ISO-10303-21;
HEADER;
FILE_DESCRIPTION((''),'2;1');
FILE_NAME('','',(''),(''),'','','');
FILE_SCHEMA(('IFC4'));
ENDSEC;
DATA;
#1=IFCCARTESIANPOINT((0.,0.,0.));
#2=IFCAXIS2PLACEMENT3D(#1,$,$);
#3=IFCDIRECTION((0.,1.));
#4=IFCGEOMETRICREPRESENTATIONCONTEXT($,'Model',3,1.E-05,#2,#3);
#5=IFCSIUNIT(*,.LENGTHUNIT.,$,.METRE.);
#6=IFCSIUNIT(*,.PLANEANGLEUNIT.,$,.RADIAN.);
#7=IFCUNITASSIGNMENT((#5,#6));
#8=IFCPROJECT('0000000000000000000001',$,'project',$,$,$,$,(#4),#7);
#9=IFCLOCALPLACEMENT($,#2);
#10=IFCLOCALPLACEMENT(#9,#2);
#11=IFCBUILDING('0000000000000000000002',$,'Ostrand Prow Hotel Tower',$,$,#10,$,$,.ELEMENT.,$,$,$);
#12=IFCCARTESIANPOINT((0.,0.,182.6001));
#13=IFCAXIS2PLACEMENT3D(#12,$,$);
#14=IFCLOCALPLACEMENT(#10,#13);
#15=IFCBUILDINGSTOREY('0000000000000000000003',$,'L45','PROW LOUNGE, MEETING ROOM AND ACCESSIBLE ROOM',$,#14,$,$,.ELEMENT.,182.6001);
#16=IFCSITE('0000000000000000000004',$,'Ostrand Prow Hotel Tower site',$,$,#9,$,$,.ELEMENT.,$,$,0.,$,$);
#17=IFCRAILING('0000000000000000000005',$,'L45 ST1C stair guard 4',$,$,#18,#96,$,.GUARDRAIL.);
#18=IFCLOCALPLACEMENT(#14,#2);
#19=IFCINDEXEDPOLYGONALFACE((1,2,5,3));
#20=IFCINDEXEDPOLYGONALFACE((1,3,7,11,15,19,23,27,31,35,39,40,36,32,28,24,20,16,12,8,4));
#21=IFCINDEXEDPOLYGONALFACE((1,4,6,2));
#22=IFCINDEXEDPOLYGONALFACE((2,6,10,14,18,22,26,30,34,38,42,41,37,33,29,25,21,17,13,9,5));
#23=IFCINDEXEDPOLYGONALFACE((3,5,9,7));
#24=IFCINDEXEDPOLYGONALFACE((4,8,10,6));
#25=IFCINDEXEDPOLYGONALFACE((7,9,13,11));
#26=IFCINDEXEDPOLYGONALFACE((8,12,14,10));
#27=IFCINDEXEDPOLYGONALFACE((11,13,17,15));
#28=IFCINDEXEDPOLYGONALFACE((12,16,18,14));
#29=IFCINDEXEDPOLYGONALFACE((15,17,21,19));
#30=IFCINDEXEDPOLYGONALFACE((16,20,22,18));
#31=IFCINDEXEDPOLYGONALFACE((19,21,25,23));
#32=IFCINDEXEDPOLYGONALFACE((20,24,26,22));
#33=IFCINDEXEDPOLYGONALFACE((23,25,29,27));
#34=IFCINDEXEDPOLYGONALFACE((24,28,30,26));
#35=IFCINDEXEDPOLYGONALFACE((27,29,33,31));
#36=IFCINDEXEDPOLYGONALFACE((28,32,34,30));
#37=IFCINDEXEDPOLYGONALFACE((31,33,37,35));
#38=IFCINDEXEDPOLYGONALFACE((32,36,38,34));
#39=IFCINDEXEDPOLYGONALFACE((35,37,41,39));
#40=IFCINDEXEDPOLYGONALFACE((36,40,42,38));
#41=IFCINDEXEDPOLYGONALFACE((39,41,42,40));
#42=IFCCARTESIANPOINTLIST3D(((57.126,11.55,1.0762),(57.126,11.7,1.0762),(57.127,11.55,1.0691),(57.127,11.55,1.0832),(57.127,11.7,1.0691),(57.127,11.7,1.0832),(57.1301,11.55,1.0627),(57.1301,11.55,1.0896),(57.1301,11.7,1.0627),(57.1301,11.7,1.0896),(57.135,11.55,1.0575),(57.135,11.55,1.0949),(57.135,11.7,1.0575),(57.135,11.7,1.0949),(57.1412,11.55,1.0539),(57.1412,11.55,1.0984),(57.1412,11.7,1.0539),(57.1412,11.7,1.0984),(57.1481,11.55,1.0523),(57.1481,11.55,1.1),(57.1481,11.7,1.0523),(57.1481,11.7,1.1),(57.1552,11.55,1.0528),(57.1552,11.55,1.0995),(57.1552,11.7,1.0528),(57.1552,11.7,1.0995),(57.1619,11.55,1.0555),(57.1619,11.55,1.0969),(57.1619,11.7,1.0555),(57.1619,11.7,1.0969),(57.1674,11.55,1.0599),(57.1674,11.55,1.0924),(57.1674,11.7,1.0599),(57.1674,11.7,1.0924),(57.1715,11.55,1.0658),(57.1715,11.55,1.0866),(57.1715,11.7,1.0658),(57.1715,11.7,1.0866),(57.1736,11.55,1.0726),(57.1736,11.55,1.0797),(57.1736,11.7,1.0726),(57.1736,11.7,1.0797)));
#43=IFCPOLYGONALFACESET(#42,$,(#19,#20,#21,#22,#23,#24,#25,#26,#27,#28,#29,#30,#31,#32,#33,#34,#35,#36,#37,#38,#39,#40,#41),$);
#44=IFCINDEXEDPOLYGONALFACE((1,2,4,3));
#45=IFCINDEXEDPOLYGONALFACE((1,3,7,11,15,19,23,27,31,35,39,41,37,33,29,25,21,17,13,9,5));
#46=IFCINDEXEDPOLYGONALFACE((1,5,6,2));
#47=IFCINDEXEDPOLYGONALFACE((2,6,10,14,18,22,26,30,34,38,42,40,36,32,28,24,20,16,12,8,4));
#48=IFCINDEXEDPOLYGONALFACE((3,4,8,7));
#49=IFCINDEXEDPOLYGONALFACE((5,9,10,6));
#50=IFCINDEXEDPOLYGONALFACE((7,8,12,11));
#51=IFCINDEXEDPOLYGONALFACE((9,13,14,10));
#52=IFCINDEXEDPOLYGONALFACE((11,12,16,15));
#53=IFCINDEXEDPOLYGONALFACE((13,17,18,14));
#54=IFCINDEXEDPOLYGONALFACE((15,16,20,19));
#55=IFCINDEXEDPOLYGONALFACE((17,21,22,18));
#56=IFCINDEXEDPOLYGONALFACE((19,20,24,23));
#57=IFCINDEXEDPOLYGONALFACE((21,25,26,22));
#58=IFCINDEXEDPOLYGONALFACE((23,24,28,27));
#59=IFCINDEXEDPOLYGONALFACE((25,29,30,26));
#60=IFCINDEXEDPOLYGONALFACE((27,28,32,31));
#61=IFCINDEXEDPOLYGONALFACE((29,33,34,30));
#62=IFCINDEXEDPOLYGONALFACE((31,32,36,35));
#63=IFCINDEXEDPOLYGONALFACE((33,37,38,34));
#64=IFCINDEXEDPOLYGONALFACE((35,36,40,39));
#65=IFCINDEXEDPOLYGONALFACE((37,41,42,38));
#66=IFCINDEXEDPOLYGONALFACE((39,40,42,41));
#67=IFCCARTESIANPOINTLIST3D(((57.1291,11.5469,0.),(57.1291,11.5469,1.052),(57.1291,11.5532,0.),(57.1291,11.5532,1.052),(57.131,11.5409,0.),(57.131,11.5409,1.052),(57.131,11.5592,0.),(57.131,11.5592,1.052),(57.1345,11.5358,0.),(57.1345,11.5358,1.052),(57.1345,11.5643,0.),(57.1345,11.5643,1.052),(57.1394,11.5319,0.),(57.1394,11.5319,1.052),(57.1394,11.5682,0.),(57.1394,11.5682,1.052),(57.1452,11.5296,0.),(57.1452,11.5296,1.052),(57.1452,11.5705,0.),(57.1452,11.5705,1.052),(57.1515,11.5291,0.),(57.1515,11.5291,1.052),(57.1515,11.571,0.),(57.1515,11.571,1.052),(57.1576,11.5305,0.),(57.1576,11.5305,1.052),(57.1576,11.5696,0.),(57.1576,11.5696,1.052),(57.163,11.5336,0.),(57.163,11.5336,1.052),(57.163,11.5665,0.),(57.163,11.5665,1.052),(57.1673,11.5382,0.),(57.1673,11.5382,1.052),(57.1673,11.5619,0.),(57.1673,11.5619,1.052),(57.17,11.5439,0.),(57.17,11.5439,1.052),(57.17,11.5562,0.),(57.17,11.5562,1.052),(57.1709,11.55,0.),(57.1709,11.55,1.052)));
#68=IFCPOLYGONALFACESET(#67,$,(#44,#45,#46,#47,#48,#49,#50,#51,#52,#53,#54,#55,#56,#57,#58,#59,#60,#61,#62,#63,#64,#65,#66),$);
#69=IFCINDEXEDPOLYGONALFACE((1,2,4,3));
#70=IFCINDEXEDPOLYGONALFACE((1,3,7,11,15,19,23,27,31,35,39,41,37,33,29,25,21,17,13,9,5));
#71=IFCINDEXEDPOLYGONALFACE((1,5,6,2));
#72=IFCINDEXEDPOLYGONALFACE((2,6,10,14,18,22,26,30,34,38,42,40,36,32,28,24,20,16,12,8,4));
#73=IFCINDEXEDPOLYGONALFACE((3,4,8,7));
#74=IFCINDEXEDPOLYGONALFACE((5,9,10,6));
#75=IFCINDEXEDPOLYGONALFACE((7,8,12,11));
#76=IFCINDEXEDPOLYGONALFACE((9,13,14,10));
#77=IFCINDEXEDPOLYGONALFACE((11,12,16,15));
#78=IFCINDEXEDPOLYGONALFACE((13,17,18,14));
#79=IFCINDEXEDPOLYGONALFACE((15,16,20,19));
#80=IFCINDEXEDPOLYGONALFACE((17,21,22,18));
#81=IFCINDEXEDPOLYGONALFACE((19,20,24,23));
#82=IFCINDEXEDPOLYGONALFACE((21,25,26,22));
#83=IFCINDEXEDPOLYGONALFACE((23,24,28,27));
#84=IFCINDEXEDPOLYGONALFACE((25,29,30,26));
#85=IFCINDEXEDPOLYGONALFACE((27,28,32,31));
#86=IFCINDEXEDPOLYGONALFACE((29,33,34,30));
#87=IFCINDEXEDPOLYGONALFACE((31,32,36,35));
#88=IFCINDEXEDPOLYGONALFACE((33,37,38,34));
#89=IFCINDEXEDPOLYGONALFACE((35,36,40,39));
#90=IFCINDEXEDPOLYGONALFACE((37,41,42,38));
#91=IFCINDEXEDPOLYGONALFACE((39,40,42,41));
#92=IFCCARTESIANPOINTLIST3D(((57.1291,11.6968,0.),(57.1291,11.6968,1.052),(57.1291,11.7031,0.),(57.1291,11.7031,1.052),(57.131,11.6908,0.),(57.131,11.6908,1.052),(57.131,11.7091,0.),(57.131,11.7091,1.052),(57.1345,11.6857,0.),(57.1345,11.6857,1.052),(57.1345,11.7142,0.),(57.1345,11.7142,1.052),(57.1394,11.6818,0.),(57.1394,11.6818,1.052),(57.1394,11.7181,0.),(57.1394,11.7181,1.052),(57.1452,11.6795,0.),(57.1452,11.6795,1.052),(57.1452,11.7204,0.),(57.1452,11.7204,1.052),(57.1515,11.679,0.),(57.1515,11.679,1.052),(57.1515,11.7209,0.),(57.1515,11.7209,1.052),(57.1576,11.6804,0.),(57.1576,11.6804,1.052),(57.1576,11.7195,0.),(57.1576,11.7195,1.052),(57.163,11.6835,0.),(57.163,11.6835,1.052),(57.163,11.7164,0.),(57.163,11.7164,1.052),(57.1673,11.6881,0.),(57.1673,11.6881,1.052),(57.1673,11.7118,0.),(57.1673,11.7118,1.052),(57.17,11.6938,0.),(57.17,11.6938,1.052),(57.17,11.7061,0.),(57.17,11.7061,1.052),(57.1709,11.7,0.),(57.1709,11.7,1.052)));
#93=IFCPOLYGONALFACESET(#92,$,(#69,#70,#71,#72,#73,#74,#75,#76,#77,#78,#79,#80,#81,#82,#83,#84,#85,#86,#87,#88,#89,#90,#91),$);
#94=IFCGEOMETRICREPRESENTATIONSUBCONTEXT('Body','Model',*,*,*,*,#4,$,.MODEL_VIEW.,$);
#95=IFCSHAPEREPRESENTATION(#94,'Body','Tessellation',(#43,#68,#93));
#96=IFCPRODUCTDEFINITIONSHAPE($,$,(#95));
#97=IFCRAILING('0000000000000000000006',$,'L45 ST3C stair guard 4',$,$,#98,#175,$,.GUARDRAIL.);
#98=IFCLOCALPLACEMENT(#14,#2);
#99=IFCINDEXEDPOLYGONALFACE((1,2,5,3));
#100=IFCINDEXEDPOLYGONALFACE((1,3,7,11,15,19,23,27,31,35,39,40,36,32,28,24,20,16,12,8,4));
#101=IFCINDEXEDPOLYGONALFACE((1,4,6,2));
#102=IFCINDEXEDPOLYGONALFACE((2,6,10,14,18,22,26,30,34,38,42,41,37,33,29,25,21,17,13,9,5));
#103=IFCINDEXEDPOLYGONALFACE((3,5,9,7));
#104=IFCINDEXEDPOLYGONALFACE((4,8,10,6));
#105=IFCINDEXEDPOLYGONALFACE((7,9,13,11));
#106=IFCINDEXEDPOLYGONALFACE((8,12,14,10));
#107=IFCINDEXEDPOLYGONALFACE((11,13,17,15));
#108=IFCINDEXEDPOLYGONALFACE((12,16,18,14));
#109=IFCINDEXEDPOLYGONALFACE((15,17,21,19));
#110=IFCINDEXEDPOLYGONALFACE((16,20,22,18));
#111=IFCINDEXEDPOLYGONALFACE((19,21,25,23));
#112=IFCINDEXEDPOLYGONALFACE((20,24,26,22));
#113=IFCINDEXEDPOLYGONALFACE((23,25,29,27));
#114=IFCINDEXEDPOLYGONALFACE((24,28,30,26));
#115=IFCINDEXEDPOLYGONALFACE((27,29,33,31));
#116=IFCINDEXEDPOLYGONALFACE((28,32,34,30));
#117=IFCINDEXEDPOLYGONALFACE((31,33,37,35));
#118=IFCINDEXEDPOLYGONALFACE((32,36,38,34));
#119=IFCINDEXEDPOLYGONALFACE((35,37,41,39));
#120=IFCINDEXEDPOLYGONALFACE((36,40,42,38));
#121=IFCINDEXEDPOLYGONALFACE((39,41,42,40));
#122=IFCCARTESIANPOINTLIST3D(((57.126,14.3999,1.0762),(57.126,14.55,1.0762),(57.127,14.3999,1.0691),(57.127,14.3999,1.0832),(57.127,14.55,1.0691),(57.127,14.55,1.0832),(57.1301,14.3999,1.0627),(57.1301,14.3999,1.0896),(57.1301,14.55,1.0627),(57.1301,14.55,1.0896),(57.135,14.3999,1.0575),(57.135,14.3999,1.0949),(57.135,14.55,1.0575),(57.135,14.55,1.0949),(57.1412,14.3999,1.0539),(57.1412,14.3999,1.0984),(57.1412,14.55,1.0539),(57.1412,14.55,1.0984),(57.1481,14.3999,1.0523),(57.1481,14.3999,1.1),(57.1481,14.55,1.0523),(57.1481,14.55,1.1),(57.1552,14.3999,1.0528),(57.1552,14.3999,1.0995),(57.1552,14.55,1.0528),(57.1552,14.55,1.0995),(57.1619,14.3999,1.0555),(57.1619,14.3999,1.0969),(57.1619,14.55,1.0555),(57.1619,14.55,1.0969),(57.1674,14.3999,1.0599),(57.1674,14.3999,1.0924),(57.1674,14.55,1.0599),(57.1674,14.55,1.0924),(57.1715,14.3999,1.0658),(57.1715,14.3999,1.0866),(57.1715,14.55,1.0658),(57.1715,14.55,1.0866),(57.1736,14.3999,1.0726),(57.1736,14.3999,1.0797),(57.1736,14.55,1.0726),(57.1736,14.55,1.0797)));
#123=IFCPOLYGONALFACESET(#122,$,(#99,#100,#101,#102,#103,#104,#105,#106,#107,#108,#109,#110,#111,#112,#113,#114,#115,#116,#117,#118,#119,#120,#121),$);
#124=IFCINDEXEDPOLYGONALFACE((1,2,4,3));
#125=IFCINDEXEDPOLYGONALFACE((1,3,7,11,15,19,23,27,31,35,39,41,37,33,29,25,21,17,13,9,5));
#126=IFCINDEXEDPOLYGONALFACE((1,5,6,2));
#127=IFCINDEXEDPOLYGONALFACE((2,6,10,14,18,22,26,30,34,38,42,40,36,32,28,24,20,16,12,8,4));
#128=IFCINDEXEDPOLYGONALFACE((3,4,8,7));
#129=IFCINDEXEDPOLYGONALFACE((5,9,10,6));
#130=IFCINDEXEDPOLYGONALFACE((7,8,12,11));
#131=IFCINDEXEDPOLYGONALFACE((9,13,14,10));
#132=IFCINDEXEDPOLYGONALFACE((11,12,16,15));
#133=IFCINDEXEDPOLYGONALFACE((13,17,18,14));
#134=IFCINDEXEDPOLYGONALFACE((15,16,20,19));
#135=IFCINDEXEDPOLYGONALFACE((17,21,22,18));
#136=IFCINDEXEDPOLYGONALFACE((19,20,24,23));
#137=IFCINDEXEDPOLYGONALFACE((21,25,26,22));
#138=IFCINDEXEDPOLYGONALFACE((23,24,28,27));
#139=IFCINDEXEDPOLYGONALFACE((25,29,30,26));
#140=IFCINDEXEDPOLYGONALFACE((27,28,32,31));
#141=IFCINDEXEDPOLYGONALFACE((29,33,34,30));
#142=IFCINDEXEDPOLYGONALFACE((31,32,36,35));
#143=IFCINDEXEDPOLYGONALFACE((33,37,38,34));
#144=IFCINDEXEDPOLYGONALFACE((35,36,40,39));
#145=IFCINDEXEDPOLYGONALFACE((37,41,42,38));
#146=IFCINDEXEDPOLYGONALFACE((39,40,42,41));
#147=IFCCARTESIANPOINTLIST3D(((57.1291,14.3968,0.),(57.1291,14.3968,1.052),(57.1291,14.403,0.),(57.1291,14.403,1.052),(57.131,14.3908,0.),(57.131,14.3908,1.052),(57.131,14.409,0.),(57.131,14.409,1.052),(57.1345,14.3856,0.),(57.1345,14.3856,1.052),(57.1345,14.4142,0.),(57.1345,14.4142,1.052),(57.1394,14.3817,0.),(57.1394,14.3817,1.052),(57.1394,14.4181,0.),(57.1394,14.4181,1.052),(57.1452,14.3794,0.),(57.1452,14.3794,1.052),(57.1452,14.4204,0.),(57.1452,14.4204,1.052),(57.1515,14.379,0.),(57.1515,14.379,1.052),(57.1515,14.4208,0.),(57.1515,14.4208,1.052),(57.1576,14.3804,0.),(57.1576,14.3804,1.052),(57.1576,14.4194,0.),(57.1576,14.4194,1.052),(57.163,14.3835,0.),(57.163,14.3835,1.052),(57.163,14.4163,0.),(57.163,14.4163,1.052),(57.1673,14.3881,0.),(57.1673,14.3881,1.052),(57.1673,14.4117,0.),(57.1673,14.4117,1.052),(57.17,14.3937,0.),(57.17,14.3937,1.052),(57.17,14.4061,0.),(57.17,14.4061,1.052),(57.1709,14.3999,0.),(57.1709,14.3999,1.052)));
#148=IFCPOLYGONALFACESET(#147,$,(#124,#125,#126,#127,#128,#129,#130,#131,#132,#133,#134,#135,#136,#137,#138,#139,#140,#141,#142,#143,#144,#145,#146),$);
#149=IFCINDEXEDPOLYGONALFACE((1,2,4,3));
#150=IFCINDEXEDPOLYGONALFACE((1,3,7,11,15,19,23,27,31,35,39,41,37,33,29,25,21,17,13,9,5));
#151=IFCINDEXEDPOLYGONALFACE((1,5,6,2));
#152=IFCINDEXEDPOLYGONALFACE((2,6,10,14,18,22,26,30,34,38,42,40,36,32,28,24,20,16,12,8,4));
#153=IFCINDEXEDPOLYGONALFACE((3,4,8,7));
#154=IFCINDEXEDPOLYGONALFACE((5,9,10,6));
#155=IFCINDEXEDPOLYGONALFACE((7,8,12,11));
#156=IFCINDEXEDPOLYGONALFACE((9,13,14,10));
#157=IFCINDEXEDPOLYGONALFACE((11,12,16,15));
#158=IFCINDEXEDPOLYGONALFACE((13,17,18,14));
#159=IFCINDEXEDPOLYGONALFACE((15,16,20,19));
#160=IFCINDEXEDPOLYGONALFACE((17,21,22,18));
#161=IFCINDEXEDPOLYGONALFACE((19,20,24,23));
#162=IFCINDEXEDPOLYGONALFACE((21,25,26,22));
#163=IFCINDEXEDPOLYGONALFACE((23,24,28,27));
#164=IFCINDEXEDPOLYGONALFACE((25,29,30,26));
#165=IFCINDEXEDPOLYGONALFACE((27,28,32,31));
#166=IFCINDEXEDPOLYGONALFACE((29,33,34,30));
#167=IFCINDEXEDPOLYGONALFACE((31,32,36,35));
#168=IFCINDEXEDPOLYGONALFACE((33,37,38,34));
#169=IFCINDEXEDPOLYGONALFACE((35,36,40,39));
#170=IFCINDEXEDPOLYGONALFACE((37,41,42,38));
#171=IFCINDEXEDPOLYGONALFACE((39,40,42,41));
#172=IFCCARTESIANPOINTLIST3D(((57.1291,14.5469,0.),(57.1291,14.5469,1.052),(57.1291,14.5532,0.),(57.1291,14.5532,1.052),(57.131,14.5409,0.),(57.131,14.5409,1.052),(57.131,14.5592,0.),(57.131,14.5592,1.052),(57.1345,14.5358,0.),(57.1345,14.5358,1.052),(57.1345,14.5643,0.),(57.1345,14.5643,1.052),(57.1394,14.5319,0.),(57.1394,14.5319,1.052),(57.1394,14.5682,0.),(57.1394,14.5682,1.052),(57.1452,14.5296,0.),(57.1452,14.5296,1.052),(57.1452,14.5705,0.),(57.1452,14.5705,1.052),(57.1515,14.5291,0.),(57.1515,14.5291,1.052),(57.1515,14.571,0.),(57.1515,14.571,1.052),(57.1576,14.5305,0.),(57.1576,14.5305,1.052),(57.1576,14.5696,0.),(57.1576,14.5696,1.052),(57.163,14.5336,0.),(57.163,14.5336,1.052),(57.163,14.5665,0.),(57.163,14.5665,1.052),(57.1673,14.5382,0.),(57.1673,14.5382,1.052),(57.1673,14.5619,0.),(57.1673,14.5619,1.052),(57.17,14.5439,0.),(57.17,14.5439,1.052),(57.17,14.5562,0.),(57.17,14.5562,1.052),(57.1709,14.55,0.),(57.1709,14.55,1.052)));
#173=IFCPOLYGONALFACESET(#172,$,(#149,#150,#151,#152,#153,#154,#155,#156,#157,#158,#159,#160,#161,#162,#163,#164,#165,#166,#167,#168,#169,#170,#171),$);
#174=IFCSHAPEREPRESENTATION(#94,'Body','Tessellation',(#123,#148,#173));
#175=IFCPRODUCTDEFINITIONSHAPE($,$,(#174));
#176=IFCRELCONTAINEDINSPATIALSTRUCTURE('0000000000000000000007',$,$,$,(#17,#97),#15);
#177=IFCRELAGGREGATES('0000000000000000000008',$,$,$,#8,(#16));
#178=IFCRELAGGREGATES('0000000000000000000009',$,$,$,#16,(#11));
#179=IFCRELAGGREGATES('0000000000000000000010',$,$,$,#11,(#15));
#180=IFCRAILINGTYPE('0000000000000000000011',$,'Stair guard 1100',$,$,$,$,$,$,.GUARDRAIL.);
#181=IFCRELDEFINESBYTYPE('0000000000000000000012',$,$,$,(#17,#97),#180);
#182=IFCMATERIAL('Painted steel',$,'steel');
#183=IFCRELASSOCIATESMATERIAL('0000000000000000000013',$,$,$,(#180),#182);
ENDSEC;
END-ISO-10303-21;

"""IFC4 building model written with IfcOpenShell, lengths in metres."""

from ifc_helpers import new_model, si_unit, direction, frame, origin, origin_2d, place, context, subcontext, project, spatial, circle, extrude, material, type_object, element, save


model = new_model("IFC4")

# Units and contexts
model_context = context("Model", 3, precision=1e-05, world=origin(), true_north=direction((0.0, 1.0)))
body_context = subcontext(model_context, "Body", "Model", "MODEL_VIEW")
ifc_project = project(units=[si_unit("LENGTHUNIT", "METRE"), si_unit("PLANEANGLEUNIT", "RADIAN")], contexts=[model_context])

# Site, building, storey
site_placement = place(None, origin())
site = spatial("IfcSite", under=ifc_project, at=site_placement, Name="Ostrand Prow Hotel Tower site", CompositionType="ELEMENT", RefElevation=0.0)
building_placement = place(site_placement, origin())
building = spatial("IfcBuilding", under=site, at=building_placement, Name="Ostrand Prow Hotel Tower", CompositionType="ELEMENT")
storey_placement = place(building_placement, frame((0.0, 0.0, 182.6001)))
storey = spatial("IfcBuildingStorey", under=building, at=storey_placement, Name="L45", Description="PROW LOUNGE, MEETING ROOM AND ACCESSIBLE ROOM", CompositionType="ELEMENT", Elevation=182.6001)

# Railings
ifc_material_1 = material(Name="Painted steel", Category="steel")
railing_type = type_object("IfcRailingType", Name="Stair guard 1100", PredefinedType="GUARDRAIL", material=ifc_material_1)
railing_1_placement = place(storey_placement, frame((57.1499, 11.55, 0.0)))
element("IfcRailing", 1, at=railing_1_placement, inside=storey, type_object=railing_type, Name="L45 ST1C stair guard 4", PredefinedType="GUARDRAIL", context=body_context, shape_type="SweptSolid", body=[
    extrude(circle(Radius=0.0239, at=origin_2d()), frame((0.0, 0.0, 1.0762), z_axis=(0.0, 1.0, 0.0), x_axis=(-1.0, 0.0, 0.0)), (0.0, 0.0, 1.0), 0.1499),
    extrude(circle(Radius=0.021, at=origin_2d()), origin(), (0.0, 0.0, 1.0), 1.052),
    extrude(circle(Radius=0.021, at=origin_2d()), frame((0.0, 0.1499, 0.0)), (0.0, 0.0, 1.0), 1.052),
])
railing_2_placement = place(storey_placement, frame((57.1499, 14.3999, 0.0)))
element("IfcRailing", 2, at=railing_2_placement, inside=storey, type_object=railing_type, Name="L45 ST3C stair guard 4", PredefinedType="GUARDRAIL", context=body_context, shape_type="SweptSolid", body=[
    extrude(circle(Radius=0.0239, at=origin_2d()), frame((0.0, 0.0, 1.0762), z_axis=(0.0, 1.0, 0.0), x_axis=(-1.0, 0.0, 0.0)), (0.0, 0.0, 1.0), 0.1501),
    extrude(circle(Radius=0.021, at=origin_2d()), origin(), (0.0, 0.0, 1.0), 1.052),
    extrude(circle(Radius=0.021, at=origin_2d()), frame((0.0, 0.1501, 0.0)), (0.0, 0.0, 1.0), 1.052),
])

save(model, "model.ifc")
